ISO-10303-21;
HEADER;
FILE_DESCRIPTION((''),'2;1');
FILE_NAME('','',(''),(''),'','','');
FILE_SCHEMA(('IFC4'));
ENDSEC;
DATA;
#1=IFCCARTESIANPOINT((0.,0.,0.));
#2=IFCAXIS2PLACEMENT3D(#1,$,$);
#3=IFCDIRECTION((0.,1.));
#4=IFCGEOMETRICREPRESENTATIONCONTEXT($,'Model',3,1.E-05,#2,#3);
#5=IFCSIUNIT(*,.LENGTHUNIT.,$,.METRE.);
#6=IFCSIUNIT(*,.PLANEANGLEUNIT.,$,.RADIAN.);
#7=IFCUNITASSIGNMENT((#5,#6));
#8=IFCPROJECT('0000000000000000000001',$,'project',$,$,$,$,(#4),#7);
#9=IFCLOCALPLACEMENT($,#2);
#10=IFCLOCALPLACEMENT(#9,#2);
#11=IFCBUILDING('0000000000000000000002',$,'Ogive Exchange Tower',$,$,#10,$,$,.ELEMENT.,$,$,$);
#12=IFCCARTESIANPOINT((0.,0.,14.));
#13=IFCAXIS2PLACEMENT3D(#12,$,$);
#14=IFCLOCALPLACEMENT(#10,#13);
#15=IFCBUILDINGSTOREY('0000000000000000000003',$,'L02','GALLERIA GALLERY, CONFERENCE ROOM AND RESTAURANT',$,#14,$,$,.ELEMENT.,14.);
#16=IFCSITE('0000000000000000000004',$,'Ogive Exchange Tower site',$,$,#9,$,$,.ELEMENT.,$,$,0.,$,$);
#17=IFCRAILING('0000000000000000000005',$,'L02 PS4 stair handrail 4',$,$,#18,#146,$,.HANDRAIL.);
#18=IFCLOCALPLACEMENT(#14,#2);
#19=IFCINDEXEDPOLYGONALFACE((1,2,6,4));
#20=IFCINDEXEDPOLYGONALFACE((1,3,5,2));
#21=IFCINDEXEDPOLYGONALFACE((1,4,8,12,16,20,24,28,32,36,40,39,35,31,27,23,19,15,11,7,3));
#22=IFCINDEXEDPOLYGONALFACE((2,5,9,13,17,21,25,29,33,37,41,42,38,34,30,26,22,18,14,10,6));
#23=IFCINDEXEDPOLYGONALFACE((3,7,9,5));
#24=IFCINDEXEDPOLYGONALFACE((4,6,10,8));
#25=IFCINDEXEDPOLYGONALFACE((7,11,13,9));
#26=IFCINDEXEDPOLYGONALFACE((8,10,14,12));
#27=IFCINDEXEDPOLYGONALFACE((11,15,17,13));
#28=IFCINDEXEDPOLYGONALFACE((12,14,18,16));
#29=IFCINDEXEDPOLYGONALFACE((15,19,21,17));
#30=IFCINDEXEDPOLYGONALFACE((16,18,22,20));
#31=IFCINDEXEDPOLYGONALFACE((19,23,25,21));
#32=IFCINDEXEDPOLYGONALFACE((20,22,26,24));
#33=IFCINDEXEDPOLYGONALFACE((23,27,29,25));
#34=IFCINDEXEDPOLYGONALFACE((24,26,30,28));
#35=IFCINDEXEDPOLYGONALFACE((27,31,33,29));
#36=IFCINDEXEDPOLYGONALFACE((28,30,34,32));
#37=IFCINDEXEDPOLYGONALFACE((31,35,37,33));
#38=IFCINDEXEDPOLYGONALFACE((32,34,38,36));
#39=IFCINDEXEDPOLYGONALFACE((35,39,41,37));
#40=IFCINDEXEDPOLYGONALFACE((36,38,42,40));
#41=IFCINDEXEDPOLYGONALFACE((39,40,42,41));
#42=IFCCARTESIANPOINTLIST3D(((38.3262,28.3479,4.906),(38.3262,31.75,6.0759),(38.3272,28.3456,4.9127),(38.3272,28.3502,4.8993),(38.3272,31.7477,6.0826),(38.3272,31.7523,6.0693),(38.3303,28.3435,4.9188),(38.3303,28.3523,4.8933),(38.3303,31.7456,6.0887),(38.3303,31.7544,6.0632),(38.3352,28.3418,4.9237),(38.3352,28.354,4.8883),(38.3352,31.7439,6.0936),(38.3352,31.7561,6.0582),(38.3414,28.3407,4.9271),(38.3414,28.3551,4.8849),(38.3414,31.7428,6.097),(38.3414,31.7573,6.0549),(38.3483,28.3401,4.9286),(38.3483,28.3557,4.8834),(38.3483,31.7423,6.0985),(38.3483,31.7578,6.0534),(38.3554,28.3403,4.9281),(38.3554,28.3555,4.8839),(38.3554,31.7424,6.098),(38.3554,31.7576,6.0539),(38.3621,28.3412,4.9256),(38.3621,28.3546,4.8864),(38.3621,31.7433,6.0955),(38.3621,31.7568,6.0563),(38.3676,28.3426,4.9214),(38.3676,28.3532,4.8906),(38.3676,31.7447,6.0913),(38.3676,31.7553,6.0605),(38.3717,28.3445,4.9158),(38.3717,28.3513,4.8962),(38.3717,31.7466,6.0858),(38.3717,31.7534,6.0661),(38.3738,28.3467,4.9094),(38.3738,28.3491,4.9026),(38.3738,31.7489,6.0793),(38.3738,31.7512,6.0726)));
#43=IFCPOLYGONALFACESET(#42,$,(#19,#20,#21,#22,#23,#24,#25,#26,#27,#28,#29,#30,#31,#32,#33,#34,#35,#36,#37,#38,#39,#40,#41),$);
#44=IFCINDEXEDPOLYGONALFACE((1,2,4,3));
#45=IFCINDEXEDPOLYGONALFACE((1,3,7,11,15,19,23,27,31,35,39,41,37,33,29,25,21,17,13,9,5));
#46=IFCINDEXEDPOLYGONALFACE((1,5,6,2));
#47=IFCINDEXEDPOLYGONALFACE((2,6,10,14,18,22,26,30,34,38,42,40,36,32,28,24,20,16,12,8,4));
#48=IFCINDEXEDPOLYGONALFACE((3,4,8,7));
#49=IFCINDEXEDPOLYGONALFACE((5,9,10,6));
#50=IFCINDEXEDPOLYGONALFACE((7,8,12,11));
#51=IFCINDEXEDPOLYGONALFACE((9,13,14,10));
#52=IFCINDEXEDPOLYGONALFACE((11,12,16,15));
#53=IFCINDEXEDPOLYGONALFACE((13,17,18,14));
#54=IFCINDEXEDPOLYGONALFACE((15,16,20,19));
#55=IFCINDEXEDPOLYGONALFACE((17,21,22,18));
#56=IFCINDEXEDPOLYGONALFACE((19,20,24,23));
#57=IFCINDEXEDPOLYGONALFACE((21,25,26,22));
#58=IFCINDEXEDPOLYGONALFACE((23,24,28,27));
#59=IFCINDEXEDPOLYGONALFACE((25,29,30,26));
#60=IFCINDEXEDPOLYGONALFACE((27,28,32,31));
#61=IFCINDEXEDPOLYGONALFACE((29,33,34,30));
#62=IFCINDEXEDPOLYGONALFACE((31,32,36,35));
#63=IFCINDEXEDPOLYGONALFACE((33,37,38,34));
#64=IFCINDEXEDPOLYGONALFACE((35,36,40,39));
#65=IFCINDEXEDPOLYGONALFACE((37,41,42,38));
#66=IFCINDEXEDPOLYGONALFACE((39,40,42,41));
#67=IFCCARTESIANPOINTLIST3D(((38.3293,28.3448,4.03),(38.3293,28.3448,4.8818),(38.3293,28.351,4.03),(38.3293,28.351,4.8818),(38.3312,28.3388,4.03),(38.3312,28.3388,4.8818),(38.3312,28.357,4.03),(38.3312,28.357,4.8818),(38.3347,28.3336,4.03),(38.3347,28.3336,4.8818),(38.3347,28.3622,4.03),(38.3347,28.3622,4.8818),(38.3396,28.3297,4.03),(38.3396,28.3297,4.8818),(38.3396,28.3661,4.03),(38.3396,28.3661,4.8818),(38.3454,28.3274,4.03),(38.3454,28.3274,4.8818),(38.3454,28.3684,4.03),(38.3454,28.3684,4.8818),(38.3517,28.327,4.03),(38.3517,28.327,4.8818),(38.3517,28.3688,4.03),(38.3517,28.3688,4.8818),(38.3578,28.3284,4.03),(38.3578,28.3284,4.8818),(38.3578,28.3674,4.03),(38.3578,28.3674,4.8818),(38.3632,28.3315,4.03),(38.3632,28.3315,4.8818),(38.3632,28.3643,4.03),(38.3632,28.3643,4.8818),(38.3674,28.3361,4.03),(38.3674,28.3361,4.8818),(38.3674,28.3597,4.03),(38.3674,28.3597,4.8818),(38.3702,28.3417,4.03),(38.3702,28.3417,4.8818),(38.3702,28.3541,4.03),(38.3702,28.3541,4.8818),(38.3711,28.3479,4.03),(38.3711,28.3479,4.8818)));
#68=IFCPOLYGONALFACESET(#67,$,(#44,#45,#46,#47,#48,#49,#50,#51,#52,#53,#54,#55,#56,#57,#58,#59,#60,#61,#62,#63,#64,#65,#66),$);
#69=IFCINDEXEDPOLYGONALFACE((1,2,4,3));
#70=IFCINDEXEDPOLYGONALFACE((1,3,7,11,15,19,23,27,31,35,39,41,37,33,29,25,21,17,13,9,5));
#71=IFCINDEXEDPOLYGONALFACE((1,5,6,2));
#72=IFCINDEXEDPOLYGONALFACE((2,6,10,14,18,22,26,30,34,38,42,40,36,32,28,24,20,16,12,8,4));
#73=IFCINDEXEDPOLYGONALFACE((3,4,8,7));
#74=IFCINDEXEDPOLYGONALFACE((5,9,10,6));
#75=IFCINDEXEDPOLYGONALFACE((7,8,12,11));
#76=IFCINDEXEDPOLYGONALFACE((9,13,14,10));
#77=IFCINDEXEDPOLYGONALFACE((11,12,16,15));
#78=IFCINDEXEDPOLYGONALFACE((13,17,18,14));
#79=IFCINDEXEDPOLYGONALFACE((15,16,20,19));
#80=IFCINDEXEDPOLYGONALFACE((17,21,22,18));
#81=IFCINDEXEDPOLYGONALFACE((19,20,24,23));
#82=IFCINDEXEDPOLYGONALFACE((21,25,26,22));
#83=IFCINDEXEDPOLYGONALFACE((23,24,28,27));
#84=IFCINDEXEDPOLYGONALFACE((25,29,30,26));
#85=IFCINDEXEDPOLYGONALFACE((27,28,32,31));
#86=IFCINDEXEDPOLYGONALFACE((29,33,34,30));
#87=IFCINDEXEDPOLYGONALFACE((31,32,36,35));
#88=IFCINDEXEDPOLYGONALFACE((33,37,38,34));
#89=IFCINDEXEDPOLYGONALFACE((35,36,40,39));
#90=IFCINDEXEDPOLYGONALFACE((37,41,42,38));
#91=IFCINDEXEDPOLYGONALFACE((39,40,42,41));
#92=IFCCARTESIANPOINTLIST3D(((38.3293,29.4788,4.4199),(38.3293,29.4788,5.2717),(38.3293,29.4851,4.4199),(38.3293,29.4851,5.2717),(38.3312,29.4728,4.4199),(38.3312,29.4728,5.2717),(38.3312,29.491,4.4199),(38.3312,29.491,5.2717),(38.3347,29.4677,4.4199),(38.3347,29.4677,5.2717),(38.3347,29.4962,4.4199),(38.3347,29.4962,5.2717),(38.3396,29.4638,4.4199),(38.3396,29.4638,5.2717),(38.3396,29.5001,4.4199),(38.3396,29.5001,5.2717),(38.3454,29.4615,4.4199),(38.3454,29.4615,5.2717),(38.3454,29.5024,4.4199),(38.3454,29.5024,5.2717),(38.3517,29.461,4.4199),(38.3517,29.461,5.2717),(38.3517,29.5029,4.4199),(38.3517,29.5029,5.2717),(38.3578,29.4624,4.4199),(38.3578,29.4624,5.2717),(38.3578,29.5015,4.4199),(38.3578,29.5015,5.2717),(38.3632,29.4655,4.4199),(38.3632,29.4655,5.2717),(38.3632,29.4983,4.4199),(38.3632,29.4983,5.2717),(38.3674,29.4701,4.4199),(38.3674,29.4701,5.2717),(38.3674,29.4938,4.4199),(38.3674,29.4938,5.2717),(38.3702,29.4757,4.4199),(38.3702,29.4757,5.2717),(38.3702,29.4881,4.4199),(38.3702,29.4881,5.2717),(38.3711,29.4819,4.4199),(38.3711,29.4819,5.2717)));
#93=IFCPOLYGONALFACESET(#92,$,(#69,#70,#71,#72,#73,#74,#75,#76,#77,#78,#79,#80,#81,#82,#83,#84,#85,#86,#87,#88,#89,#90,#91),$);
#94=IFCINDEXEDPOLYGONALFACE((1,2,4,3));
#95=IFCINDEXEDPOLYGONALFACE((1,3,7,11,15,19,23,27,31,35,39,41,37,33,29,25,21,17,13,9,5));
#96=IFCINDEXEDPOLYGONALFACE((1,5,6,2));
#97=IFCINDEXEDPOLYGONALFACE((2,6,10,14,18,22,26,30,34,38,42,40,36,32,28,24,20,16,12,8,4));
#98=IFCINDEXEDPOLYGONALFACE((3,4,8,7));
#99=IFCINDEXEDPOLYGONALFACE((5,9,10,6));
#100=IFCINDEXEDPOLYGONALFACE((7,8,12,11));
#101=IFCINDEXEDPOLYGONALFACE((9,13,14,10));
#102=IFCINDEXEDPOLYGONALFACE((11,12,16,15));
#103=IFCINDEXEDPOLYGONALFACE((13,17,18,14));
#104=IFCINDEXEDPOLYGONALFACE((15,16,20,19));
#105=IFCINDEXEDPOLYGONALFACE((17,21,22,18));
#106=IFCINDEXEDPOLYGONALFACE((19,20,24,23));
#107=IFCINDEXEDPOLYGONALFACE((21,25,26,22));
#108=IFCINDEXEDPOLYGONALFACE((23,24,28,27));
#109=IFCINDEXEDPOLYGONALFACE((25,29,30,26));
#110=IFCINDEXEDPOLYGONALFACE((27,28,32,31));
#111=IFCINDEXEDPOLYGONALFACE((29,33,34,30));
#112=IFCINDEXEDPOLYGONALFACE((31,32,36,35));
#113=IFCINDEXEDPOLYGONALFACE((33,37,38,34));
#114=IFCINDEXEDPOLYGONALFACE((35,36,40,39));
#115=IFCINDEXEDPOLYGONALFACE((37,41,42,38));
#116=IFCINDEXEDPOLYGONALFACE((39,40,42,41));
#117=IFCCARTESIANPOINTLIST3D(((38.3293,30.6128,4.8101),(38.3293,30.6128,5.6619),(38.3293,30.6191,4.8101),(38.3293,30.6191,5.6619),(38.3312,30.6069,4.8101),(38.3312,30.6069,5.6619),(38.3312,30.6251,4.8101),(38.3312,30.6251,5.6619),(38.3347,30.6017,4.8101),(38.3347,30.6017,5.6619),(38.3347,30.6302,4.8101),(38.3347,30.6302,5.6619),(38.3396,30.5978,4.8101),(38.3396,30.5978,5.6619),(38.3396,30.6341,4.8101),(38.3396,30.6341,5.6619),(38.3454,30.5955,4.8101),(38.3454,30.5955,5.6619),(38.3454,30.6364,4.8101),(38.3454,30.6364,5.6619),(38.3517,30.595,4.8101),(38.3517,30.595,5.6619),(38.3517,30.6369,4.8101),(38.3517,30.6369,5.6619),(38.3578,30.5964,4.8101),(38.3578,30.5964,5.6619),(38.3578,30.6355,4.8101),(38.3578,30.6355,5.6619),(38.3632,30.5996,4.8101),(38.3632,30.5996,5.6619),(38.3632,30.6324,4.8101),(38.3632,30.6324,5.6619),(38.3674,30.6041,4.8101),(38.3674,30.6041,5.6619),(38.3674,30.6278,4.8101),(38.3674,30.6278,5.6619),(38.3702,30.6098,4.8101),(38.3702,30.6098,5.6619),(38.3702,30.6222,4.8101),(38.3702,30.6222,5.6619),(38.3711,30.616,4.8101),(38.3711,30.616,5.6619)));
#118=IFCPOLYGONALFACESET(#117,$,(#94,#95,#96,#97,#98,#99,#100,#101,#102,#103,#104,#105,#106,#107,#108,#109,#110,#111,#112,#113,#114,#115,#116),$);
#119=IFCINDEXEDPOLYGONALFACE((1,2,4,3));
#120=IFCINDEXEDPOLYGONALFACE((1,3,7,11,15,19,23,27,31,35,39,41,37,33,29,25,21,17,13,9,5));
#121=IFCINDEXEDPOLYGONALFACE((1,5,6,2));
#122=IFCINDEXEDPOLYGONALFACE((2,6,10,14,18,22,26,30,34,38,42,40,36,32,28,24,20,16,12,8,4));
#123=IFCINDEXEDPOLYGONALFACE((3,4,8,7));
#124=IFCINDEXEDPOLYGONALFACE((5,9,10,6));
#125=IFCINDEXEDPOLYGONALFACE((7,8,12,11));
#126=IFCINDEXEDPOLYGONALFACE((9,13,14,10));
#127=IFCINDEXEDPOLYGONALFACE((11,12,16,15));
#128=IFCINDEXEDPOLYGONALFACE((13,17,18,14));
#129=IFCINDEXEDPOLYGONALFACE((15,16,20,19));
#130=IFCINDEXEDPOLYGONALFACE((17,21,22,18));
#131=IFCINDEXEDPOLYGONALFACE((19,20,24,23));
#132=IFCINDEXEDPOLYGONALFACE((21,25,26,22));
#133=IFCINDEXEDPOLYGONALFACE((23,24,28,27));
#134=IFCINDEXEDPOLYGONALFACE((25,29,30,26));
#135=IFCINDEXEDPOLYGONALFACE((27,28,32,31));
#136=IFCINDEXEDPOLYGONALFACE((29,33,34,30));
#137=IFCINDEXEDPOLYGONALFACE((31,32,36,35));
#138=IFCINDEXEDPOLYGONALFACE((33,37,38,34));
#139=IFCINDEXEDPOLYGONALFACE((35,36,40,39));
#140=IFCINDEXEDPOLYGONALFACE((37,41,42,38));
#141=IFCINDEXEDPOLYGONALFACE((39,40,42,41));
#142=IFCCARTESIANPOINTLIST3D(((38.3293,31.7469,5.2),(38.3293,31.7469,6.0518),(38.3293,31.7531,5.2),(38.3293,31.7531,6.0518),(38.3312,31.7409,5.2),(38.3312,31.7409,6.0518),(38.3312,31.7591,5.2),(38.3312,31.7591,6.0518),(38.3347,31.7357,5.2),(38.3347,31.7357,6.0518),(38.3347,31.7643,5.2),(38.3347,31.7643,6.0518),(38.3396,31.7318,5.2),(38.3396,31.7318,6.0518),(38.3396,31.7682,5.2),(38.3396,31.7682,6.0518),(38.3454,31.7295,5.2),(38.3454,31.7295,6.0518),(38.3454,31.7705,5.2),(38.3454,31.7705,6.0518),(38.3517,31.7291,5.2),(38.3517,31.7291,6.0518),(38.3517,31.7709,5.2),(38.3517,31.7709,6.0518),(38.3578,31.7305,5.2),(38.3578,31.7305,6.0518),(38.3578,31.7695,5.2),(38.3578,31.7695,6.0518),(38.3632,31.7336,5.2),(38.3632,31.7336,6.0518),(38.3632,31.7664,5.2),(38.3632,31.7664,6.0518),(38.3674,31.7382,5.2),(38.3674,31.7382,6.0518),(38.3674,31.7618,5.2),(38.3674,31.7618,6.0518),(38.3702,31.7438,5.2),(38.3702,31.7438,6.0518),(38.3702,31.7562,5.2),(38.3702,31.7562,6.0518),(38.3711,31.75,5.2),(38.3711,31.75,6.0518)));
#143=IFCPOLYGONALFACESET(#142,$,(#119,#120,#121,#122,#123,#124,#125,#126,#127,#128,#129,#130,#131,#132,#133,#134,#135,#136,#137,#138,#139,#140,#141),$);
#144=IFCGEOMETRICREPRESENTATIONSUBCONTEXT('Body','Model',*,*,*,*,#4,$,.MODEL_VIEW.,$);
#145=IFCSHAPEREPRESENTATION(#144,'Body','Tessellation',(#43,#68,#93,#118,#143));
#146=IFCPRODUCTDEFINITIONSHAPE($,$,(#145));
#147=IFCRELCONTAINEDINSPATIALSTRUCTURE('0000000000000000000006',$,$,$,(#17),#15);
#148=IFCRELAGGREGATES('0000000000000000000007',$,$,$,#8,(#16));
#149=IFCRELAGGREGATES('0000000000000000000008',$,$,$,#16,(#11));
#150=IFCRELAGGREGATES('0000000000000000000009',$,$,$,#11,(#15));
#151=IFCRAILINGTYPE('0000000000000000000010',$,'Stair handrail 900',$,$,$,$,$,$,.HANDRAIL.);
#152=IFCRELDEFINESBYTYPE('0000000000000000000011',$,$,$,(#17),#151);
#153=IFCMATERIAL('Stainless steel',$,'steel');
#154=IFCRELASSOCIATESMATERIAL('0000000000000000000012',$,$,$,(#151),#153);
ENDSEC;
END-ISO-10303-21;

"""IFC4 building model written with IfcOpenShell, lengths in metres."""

from ifc_helpers import new_model, si_unit, direction, frame, origin, origin_2d, place, context, subcontext, project, spatial, circle, extrude, material, type_object, element, save


model = new_model("IFC4")

# Units and contexts
model_context = context("Model", 3, precision=1e-05, world=origin(), true_north=direction((0.0, 1.0)))
body_context = subcontext(model_context, "Body", "Model", "MODEL_VIEW")
ifc_project = project(units=[si_unit("LENGTHUNIT", "METRE"), si_unit("PLANEANGLEUNIT", "RADIAN")], contexts=[model_context])

# Site, building, storey
site_placement = place(None, origin())
site = spatial("IfcSite", under=ifc_project, at=site_placement, Name="Ogive Exchange Tower site", CompositionType="ELEMENT", RefElevation=0.0)
building_placement = place(site_placement, origin())
building = spatial("IfcBuilding", under=site, at=building_placement, Name="Ogive Exchange Tower", CompositionType="ELEMENT")
storey_placement = place(building_placement, frame((0.0, 0.0, 14.0)))
storey = spatial("IfcBuildingStorey", under=building, at=storey_placement, Name="L02", Description="GALLERIA GALLERY, CONFERENCE ROOM AND RESTAURANT", CompositionType="ELEMENT", Elevation=14.0)

# Railing
ifc_material_1 = material(Name="Stainless steel", Category="steel")
railing_type = type_object("IfcRailingType", Name="Stair handrail 900", PredefinedType="HANDRAIL", material=ifc_material_1)
railing_1_placement = place(storey_placement, frame((38.3501, 28.3479, 4.03)))
element("IfcRailing", 1, at=railing_1_placement, inside=storey, type_object=railing_type, Name="L02 PS4 stair handrail 4", PredefinedType="HANDRAIL", context=body_context, shape_type="SweptSolid", body=[
    extrude(circle(Radius=0.0239, at=origin_2d()), frame((0.0, 0.0, 0.876), z_axis=(0.0, 0.945648, 0.325192), x_axis=(-1.0, 0.0, 0.0)), (0.0, 0.0, 1.0), 3.5977),
    extrude(circle(Radius=0.021, at=origin_2d()), origin(), (0.0, 0.0, 1.0), 0.8518),
    extrude(circle(Radius=0.021, at=origin_2d()), frame((0.0, 1.134, 0.3899)), (0.0, 0.0, 1.0), 0.8518),
    extrude(circle(Radius=0.021, at=origin_2d()), frame((0.0, 2.2681, 0.78)), (0.0, 0.0, 1.0), 0.8518),
    extrude(circle(Radius=0.021, at=origin_2d()), frame((0.0, 3.4021, 1.1699)), (0.0, 0.0, 1.0), 0.8518),
])

save(model, "model.ifc")
